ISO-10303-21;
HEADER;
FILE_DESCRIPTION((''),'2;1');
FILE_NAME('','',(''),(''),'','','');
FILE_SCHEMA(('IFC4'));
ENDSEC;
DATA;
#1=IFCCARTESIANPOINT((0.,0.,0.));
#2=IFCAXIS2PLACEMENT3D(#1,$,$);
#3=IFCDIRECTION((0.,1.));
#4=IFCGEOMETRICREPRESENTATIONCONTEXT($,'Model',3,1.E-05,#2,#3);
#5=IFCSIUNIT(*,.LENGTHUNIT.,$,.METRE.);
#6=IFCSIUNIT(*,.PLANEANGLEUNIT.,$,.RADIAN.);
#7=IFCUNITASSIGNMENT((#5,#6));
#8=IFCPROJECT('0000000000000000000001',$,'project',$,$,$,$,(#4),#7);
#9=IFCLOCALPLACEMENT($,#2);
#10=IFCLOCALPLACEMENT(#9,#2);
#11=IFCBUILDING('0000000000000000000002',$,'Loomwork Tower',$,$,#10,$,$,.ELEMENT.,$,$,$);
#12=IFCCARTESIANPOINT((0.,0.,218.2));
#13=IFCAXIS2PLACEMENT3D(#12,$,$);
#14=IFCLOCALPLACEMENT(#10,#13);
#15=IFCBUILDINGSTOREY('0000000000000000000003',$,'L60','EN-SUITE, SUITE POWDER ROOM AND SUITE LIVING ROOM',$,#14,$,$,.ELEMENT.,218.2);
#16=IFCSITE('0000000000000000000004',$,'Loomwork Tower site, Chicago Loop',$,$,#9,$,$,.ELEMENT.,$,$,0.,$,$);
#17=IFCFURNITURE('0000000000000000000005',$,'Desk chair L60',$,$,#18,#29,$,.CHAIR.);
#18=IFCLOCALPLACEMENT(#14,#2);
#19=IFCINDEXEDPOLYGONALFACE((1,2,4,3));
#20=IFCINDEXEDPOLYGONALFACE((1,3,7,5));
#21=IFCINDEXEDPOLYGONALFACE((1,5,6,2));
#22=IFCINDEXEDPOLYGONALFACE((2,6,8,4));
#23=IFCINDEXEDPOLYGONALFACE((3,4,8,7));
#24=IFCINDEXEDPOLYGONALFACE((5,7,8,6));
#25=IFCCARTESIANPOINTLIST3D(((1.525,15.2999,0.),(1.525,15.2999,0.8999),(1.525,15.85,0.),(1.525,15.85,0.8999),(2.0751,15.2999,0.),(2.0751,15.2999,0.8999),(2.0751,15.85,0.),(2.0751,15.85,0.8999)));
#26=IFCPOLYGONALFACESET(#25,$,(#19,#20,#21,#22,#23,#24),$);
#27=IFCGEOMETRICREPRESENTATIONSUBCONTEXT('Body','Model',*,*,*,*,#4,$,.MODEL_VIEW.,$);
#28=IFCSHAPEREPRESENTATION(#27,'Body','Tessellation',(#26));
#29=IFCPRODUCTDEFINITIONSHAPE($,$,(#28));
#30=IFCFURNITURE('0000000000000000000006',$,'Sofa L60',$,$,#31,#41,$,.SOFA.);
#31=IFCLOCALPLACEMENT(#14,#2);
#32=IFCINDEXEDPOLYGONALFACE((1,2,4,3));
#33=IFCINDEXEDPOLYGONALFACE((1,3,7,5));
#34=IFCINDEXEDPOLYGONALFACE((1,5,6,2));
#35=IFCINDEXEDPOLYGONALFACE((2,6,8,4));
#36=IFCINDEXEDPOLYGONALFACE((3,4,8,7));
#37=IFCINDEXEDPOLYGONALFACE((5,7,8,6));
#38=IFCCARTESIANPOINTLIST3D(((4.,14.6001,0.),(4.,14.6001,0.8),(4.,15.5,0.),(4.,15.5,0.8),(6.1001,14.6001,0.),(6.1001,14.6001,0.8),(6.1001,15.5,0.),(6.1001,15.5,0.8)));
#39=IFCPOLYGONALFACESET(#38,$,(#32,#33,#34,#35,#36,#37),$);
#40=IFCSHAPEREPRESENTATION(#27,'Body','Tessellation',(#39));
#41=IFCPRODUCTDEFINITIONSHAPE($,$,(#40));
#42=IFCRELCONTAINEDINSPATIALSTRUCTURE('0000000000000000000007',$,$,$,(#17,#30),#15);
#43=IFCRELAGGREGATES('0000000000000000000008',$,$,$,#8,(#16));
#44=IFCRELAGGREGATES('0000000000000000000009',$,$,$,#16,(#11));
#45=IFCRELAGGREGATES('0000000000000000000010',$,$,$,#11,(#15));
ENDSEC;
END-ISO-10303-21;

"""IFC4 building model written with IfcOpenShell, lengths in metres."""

from ifc_helpers import new_model, si_unit, direction, frame, origin, origin_2d, place, context, subcontext, project, spatial, rectangle, extrude, element, save


model = new_model("IFC4")

# Units and contexts
model_context = context("Model", 3, precision=1e-05, world=origin(), true_north=direction((0.0, 1.0)))
body_context = subcontext(model_context, "Body", "Model", "MODEL_VIEW")
ifc_project = project(units=[si_unit("LENGTHUNIT", "METRE"), si_unit("PLANEANGLEUNIT", "RADIAN")], contexts=[model_context])

# Site, building, storey
site_placement = place(None, origin())
site = spatial("IfcSite", under=ifc_project, at=site_placement, Name="Loomwork Tower site, Chicago Loop", CompositionType="ELEMENT", RefElevation=0.0)
building_placement = place(site_placement, origin())
building = spatial("IfcBuilding", under=site, at=building_placement, Name="Loomwork Tower", CompositionType="ELEMENT")
storey_placement = place(building_placement, frame((0.0, 0.0, 218.2)))
storey = spatial("IfcBuildingStorey", under=building, at=storey_placement, Name="L60", Description="EN-SUITE, SUITE POWDER ROOM AND SUITE LIVING ROOM", CompositionType="ELEMENT", Elevation=218.2)

# Furniture
furniture_1_placement = place(storey_placement, frame((1.8, 15.575, 0.0), z_axis=(0.0, 0.0, 1.0), x_axis=(1.0, 0.0, 0.0)))
element("IfcFurniture", 1, at=furniture_1_placement, inside=storey, Name="Desk chair L60", PredefinedType="CHAIR", context=body_context, shape_type="SweptSolid", body=[
    extrude(rectangle(XDim=0.55, YDim=0.55, at=origin_2d()), origin(), (0.0, 0.0, 1.0), 0.8999),
])
furniture_2_placement = place(storey_placement, frame((5.05, 15.05, 0.0), z_axis=(0.0, 0.0, 1.0), x_axis=(1.0, 0.0, 0.0)))
element("IfcFurniture", 2, at=furniture_2_placement, inside=storey, Name="Sofa L60", PredefinedType="SOFA", context=body_context, shape_type="SweptSolid", body=[
    extrude(rectangle(XDim=2.1001, YDim=0.8999, at=origin_2d()), origin(), (0.0, 0.0, 1.0), 0.8),
])

save(model, "model.ifc")
